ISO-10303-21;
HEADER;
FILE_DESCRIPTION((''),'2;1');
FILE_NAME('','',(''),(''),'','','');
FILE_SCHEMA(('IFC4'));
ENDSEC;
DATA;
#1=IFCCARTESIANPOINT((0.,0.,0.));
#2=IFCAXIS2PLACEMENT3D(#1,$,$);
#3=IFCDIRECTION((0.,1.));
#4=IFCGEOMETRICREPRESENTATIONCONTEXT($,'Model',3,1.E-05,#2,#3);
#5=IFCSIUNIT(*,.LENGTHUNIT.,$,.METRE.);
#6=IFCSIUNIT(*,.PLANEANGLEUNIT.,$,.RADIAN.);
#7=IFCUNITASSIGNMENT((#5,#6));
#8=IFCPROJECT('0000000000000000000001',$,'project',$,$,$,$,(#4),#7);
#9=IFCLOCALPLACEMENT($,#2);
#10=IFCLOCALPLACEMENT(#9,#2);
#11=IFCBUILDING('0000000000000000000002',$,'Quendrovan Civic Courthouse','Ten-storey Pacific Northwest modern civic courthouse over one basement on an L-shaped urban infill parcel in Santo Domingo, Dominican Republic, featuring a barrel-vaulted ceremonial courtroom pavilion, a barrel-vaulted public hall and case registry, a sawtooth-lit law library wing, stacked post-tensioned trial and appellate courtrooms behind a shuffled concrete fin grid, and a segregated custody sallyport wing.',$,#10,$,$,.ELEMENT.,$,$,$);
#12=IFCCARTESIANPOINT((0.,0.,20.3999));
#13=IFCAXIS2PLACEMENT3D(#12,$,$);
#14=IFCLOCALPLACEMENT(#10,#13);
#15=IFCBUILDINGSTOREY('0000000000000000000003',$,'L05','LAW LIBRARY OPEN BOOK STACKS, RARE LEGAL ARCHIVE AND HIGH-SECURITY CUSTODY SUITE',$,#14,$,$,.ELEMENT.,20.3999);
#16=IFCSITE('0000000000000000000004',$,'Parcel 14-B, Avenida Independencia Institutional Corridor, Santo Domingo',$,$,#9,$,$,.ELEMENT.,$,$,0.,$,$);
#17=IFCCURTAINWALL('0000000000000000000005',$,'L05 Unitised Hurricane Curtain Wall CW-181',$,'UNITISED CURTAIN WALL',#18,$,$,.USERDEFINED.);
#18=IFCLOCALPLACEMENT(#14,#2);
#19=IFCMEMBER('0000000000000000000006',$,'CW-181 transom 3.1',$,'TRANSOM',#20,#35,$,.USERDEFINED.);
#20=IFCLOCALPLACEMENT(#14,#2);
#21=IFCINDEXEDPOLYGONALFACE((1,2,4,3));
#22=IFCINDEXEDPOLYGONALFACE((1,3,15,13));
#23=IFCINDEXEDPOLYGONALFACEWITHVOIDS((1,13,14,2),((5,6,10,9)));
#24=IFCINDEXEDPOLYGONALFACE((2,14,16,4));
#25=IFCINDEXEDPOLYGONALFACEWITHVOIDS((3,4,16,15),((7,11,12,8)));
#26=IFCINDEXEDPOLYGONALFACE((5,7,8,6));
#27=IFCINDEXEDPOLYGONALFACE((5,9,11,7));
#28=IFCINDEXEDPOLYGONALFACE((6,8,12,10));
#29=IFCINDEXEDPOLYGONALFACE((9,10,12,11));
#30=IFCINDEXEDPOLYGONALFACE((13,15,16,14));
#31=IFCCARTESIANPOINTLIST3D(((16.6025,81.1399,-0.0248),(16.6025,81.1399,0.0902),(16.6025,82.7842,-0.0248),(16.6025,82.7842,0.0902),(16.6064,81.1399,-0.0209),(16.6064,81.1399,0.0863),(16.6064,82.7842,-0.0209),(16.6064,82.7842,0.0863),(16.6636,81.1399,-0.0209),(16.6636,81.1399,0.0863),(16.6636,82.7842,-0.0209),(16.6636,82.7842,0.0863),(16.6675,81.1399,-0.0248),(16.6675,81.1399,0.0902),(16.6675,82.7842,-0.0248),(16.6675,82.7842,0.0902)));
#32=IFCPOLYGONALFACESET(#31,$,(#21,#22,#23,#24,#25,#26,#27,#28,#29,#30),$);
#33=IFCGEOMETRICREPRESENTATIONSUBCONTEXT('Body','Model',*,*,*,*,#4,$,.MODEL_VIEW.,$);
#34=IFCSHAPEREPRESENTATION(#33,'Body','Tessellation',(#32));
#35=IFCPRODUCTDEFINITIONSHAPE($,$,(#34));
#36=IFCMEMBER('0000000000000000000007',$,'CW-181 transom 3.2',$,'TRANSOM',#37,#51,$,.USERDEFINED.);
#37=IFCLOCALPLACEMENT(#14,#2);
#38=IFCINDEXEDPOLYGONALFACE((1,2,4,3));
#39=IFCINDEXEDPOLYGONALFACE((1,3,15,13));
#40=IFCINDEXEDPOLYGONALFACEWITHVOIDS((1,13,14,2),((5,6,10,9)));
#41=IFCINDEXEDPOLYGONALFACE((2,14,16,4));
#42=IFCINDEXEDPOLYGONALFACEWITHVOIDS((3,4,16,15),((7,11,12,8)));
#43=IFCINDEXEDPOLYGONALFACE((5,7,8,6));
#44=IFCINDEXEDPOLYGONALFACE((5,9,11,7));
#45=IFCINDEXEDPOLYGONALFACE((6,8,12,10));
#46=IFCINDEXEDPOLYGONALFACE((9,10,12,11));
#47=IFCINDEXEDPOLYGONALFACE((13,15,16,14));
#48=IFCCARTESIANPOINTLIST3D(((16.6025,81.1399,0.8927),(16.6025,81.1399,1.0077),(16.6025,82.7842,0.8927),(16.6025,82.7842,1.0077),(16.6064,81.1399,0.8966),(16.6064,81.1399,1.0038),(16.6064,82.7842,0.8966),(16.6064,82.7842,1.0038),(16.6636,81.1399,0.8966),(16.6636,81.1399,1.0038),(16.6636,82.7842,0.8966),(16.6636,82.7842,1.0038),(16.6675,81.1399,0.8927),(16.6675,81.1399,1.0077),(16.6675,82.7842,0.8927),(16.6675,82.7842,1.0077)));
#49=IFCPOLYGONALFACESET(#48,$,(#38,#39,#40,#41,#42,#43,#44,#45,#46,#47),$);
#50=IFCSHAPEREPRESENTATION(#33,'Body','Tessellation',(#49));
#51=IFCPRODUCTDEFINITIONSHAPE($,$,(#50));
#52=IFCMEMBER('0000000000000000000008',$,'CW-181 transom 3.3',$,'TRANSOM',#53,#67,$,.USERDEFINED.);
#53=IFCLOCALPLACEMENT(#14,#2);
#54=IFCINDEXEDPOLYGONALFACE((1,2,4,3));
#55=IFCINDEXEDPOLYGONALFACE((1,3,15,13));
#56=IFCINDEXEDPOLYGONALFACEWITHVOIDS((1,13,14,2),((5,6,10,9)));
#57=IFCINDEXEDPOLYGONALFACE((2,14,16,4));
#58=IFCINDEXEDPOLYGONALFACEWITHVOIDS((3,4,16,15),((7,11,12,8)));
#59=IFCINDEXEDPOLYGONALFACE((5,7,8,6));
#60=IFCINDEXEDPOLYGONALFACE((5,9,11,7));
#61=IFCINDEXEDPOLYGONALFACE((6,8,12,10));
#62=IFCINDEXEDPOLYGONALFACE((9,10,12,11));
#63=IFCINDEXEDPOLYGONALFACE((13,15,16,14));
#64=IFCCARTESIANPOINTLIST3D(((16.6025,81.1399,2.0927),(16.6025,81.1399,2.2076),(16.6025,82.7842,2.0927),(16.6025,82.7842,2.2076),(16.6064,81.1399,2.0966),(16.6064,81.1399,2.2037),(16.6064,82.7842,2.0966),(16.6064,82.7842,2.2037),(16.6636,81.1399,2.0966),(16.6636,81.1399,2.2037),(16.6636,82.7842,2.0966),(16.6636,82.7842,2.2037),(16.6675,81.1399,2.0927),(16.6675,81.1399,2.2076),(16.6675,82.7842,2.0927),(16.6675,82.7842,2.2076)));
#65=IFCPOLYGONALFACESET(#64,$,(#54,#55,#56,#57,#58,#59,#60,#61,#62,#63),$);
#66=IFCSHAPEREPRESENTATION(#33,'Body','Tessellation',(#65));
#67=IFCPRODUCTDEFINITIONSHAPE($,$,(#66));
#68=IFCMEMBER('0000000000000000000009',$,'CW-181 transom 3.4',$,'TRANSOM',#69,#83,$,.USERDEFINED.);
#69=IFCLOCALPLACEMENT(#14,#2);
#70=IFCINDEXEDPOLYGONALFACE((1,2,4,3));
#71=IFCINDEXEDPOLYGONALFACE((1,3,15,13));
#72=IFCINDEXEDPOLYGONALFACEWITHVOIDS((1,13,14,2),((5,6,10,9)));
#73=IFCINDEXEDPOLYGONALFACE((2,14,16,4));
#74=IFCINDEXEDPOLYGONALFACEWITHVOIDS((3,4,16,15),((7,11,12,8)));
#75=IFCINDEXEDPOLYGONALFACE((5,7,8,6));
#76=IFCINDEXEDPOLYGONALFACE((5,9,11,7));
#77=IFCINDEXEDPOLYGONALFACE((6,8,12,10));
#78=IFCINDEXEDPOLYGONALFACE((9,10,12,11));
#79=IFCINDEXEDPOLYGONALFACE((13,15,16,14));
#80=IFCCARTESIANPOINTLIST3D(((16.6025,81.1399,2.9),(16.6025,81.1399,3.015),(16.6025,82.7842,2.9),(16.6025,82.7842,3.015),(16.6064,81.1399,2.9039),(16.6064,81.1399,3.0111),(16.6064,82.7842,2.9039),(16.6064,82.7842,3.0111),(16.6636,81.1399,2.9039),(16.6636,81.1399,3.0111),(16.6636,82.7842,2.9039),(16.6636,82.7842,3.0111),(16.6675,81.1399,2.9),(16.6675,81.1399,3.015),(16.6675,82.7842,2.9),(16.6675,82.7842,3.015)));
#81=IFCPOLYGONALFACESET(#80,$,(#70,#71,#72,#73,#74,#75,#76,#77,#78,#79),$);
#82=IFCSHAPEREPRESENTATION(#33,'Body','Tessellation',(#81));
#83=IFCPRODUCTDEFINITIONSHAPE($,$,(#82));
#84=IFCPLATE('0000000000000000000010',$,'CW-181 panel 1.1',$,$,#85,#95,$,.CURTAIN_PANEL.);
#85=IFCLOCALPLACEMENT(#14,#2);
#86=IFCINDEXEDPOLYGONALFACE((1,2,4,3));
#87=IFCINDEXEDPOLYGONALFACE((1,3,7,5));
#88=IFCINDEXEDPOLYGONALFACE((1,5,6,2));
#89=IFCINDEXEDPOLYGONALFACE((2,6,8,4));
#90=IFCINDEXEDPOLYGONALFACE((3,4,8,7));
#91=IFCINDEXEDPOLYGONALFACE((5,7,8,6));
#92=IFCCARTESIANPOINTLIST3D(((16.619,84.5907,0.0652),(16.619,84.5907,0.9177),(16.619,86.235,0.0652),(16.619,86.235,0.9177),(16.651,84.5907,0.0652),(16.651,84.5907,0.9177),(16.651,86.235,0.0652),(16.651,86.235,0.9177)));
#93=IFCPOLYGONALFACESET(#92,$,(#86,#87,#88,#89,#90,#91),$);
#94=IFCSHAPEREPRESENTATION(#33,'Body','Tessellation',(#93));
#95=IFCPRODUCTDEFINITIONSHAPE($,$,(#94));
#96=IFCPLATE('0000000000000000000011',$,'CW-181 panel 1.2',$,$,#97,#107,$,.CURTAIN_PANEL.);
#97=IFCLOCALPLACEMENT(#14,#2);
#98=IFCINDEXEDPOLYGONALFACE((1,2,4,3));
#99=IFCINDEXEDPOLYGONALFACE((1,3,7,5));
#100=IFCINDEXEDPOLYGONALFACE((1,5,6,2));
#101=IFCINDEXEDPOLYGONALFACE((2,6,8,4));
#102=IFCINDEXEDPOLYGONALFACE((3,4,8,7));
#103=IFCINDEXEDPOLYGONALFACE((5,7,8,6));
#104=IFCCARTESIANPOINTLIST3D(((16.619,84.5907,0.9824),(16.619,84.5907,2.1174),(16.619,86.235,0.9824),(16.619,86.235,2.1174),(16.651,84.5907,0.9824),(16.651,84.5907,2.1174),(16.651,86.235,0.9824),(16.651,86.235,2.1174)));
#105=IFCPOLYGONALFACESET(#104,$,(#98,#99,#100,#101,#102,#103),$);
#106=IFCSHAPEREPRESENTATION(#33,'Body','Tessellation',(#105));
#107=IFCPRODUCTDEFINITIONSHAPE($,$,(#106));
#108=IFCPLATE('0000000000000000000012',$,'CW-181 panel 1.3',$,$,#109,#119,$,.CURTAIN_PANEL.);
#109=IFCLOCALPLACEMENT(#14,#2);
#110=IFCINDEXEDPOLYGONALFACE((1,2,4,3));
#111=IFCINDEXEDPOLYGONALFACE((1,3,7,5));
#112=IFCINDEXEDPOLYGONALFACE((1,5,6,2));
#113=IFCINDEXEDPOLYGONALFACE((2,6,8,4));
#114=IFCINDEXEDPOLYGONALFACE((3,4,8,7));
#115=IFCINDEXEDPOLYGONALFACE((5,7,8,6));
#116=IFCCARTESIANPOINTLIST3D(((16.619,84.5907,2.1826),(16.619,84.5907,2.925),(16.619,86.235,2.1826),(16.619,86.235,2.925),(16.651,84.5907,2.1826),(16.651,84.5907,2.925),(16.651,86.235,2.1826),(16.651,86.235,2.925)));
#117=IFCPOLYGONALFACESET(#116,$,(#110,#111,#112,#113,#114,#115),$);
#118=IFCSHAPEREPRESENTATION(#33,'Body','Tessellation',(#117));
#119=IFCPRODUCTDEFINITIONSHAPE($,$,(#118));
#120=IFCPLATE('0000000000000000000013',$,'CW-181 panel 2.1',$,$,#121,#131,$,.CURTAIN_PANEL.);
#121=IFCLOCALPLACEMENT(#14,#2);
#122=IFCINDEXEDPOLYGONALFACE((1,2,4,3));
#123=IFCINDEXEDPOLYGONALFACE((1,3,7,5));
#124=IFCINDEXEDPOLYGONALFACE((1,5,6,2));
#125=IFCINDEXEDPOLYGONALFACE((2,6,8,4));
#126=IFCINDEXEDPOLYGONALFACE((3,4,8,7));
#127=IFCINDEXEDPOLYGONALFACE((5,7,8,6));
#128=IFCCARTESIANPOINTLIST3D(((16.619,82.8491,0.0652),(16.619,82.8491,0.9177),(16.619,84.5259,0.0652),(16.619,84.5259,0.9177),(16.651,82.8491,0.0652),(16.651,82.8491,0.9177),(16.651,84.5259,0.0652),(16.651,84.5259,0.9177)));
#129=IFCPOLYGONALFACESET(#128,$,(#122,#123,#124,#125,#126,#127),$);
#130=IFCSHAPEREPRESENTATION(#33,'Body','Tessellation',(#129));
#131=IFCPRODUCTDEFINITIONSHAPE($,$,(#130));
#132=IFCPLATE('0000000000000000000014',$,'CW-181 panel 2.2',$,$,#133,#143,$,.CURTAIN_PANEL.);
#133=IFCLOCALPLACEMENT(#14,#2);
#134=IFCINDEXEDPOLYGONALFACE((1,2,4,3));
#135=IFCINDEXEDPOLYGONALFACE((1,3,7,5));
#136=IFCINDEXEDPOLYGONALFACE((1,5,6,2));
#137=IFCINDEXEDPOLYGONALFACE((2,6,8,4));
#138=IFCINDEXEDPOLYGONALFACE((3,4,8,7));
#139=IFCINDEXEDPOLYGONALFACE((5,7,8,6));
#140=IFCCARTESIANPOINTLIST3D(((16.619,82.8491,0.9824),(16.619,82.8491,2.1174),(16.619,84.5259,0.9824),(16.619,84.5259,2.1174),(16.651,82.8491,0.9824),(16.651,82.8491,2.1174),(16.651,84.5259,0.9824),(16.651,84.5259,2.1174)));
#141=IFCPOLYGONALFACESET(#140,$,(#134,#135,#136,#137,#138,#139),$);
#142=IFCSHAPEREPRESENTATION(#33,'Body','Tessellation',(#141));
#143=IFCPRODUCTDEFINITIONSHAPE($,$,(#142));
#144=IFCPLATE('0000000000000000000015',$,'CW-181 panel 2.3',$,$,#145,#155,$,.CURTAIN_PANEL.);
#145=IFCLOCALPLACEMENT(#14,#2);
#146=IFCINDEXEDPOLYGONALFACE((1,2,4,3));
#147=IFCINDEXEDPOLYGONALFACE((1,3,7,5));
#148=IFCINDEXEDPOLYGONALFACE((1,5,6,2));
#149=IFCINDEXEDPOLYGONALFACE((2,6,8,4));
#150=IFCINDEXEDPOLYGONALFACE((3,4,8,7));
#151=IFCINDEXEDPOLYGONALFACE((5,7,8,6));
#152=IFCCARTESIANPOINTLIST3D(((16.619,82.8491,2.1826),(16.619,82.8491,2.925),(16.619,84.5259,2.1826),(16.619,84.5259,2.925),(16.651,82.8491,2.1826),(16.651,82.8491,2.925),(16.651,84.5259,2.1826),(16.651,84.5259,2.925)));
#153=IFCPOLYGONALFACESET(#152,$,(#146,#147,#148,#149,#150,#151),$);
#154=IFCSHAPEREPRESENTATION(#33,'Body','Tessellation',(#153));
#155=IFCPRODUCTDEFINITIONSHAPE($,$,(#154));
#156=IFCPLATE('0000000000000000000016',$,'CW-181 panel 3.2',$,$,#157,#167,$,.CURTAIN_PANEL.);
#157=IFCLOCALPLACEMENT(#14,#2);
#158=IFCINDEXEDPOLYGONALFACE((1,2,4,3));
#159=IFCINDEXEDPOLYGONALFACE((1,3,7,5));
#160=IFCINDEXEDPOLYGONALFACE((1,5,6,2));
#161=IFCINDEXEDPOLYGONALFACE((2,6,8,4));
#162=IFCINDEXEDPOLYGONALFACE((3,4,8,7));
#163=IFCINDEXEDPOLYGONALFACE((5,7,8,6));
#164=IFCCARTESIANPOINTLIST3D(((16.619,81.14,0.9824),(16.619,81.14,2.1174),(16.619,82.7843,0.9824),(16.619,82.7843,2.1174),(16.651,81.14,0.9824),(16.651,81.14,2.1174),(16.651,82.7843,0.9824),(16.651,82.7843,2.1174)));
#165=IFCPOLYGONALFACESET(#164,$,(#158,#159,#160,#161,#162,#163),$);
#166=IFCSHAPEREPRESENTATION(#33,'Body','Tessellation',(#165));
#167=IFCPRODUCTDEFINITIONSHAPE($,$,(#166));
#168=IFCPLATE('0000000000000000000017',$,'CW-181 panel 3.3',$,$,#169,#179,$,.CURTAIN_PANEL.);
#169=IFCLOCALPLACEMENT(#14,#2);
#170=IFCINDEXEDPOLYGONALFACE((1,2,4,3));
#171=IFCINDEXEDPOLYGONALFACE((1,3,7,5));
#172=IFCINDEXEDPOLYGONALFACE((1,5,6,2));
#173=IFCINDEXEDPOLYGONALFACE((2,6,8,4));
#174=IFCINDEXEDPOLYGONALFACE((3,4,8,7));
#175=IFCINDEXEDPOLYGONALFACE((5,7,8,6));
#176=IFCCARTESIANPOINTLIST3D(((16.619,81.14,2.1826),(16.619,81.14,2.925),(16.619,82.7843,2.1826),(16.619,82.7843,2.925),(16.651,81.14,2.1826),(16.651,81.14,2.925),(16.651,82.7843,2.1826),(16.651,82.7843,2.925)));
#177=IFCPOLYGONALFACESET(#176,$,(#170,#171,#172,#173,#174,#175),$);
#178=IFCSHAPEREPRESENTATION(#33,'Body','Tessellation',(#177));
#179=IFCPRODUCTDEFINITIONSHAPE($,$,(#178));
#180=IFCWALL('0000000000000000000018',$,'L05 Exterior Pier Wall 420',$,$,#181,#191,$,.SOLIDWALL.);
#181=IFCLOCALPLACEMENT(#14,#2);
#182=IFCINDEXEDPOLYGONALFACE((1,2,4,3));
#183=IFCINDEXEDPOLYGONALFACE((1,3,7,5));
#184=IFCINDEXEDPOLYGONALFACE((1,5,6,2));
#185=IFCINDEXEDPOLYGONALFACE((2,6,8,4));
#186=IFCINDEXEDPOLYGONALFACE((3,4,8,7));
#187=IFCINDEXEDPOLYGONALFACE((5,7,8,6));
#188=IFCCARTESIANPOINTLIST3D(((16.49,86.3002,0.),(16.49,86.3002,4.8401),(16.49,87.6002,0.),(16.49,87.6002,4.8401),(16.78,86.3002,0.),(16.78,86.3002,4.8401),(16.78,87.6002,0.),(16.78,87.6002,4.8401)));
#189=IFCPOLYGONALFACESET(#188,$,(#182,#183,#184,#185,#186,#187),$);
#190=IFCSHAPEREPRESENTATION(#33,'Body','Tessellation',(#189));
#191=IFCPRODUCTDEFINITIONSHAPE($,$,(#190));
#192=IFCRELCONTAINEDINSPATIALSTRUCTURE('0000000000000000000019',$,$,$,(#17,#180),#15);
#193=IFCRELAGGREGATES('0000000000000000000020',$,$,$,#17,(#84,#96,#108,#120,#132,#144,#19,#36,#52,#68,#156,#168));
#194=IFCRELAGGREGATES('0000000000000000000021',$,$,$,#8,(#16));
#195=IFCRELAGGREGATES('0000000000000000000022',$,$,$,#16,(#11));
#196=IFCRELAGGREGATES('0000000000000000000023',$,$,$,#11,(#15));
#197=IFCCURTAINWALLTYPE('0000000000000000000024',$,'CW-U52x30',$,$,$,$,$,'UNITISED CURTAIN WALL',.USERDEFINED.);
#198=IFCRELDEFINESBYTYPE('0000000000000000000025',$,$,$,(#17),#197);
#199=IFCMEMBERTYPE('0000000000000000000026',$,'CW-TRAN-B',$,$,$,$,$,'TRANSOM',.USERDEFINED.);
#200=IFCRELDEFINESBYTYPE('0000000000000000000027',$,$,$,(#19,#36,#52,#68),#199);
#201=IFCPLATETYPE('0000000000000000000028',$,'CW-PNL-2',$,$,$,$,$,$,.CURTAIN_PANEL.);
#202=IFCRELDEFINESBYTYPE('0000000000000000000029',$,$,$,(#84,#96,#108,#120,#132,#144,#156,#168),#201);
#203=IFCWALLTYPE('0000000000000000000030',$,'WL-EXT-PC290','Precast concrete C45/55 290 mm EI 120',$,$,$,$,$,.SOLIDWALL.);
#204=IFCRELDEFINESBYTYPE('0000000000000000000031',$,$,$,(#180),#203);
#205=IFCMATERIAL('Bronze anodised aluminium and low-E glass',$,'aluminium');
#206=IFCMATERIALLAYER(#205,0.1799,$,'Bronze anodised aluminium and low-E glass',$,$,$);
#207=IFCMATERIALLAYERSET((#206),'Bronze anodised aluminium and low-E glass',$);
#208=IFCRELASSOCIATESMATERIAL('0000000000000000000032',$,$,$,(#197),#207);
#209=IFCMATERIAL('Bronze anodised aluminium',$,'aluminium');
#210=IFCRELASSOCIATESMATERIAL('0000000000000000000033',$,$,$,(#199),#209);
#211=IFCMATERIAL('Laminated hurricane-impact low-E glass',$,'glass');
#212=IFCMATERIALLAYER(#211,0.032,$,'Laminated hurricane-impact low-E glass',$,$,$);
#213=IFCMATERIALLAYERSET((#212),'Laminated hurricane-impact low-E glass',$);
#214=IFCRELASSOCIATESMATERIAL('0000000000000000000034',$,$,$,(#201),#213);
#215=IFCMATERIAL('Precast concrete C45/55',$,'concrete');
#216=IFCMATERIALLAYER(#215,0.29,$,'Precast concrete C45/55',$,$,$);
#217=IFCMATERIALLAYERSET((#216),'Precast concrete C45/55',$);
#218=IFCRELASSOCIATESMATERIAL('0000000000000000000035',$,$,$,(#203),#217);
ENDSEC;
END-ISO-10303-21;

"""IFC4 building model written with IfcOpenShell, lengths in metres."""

from ifc_helpers import new_model, si_unit, direction, frame, frame_2d, origin, origin_2d, place, context, subcontext, project, spatial, rectangle, hollow_rectangle, extrude, material, layer, layer_set, material_profile, profile_set, type_object, element, aggregate, save


model = new_model("IFC4")

# Units and contexts
model_context = context("Model", 3, precision=1e-05, world=origin(), true_north=direction((0.0, 1.0)))
body_context = subcontext(model_context, "Body", "Model", "MODEL_VIEW")
ifc_project = project(units=[si_unit("LENGTHUNIT", "METRE"), si_unit("PLANEANGLEUNIT", "RADIAN")], contexts=[model_context])

# Site, building, storey
site_placement = place(None, origin())
site = spatial("IfcSite", under=ifc_project, at=site_placement, Name="Parcel 14-B, Avenida Independencia Institutional Corridor, Santo Domingo", CompositionType="ELEMENT", RefElevation=0.0)
building_placement = place(site_placement, origin())
building = spatial("IfcBuilding", under=site, at=building_placement, Name="Quendrovan Civic Courthouse", Description="Ten-storey Pacific Northwest modern civic courthouse over one basement on an L-shaped urban infill parcel in Santo Domingo, Dominican Republic, featuring a barrel-vaulted ceremonial courtroom pavilion, a barrel-vaulted public hall and case registry, a sawtooth-lit law library wing, stacked post-tensioned trial and appellate courtrooms behind a shuffled concrete fin grid, and a segregated custody sallyport wing.", CompositionType="ELEMENT")
storey_placement = place(building_placement, frame((0.0, 0.0, 20.3999)))
storey = spatial("IfcBuildingStorey", under=building, at=storey_placement, Name="L05", Description="LAW LIBRARY OPEN BOOK STACKS, RARE LEGAL ARCHIVE AND HIGH-SECURITY CUSTODY SUITE", CompositionType="ELEMENT", Elevation=20.3999)

# Curtain wall, members, plates
ifc_material_1 = material(Name="Bronze anodised aluminium and low-E glass", Category="aluminium")
ifc_layer_1 = layer(ifc_material_1, 0.1799, Name="Bronze anodised aluminium and low-E glass")
ifc_layer_set_1 = layer_set([ifc_layer_1], Name="Bronze anodised aluminium and low-E glass")
curtain_wall_type = type_object("IfcCurtainWallType", Name="CW-U52x30", ElementType="UNITISED CURTAIN WALL", PredefinedType="USERDEFINED", material=ifc_layer_set_1)
curtain_wall_placement = place(storey_placement, origin())
curtain_wall = element("IfcCurtainWall", 1, at=curtain_wall_placement, inside=storey, type_object=curtain_wall_type, Name="L05 Unitised Hurricane Curtain Wall CW-181", ObjectType="UNITISED CURTAIN WALL", PredefinedType="USERDEFINED")
ifc_material_2 = material(Name="Bronze anodised aluminium", Category="aluminium")
ifc_material_profile_1 = material_profile(ifc_material_2, hollow_rectangle(XDim=0.0649, YDim=0.115, WallThickness=0.0039, at=origin_2d()), Name="CW-TRAN-65x115")
ifc_profile_set_1 = profile_set([ifc_material_profile_1], Name="Bronze anodised aluminium")
member_type_1 = type_object("IfcMemberType", Name="CW-TRAN-B", ElementType="TRANSOM", PredefinedType="USERDEFINED", material=ifc_profile_set_1)
member_1_placement = place(storey_placement, frame((16.635, 82.7842, 0.0327), z_axis=(0.0, -1.0, 0.0), x_axis=(1.0, 0.0, 0.0)))
member_1 = element("IfcMember", 2, at=member_1_placement, type_object=member_type_1, Name="CW-181 transom 3.1", ObjectType="TRANSOM", PredefinedType="USERDEFINED", context=body_context, shape_type="SweptSolid", body=[
    extrude(hollow_rectangle(XDim=0.0649, YDim=0.115, WallThickness=0.0039, at=origin_2d()), origin(), (0.0, 0.0, 1.0), 1.6443),
])
member_2_placement = place(storey_placement, frame((16.635, 82.7842, 0.9502), z_axis=(0.0, -1.0, 0.0), x_axis=(1.0, 0.0, 0.0)))
member_2 = element("IfcMember", 3, at=member_2_placement, type_object=member_type_1, Name="CW-181 transom 3.2", ObjectType="TRANSOM", PredefinedType="USERDEFINED", context=body_context, shape_type="SweptSolid", body=[
    extrude(hollow_rectangle(XDim=0.0649, YDim=0.115, WallThickness=0.0039, at=origin_2d()), origin(), (0.0, 0.0, 1.0), 1.6443),
])
member_3_placement = place(storey_placement, frame((16.635, 82.7842, 2.1501), z_axis=(0.0, -1.0, 0.0), x_axis=(1.0, 0.0, 0.0)))
member_3 = element("IfcMember", 4, at=member_3_placement, type_object=member_type_1, Name="CW-181 transom 3.3", ObjectType="TRANSOM", PredefinedType="USERDEFINED", context=body_context, shape_type="SweptSolid", body=[
    extrude(hollow_rectangle(XDim=0.0649, YDim=0.115, WallThickness=0.0039, at=origin_2d()), origin(), (0.0, 0.0, 1.0), 1.6443),
])
member_4_placement = place(storey_placement, frame((16.635, 82.7842, 2.9575), z_axis=(0.0, -1.0, 0.0), x_axis=(1.0, 0.0, 0.0)))
member_4 = element("IfcMember", 5, at=member_4_placement, type_object=member_type_1, Name="CW-181 transom 3.4", ObjectType="TRANSOM", PredefinedType="USERDEFINED", context=body_context, shape_type="SweptSolid", body=[
    extrude(hollow_rectangle(XDim=0.0649, YDim=0.115, WallThickness=0.0039, at=origin_2d()), origin(), (0.0, 0.0, 1.0), 1.6443),
])
ifc_material_3 = material(Name="Laminated hurricane-impact low-E glass", Category="glass")
ifc_layer_2 = layer(ifc_material_3, 0.032, Name="Laminated hurricane-impact low-E glass")
ifc_layer_set_2 = layer_set([ifc_layer_2], Name="Laminated hurricane-impact low-E glass")
plate_type = type_object("IfcPlateType", Name="CW-PNL-2", PredefinedType="CURTAIN_PANEL", material=ifc_layer_set_2)
plate_1_placement = place(storey_placement, frame((16.635, 85.4128, 0.0652), z_axis=(0.0, 0.0, 1.0), x_axis=(0.0, -1.0, 0.0)))
plate_1 = element("IfcPlate", 6, at=plate_1_placement, type_object=plate_type, Name="CW-181 panel 1.1", PredefinedType="CURTAIN_PANEL", context=body_context, shape_type="SweptSolid", body=[
    extrude(rectangle(XDim=1.6443, YDim=0.032, at=origin_2d()), origin(), (0.0, 0.0, 1.0), 0.8525),
])
plate_2_placement = place(storey_placement, frame((16.635, 85.4128, 0.9824), z_axis=(0.0, 0.0, 1.0), x_axis=(0.0, -1.0, 0.0)))
plate_2 = element("IfcPlate", 7, at=plate_2_placement, type_object=plate_type, Name="CW-181 panel 1.2", PredefinedType="CURTAIN_PANEL", context=body_context, shape_type="SweptSolid", body=[
    extrude(rectangle(XDim=1.6443, YDim=0.032, at=origin_2d()), origin(), (0.0, 0.0, 1.0), 1.135),
])
plate_3_placement = place(storey_placement, frame((16.635, 85.4128, 2.1826), z_axis=(0.0, 0.0, 1.0), x_axis=(0.0, -1.0, 0.0)))
plate_3 = element("IfcPlate", 8, at=plate_3_placement, type_object=plate_type, Name="CW-181 panel 1.3", PredefinedType="CURTAIN_PANEL", context=body_context, shape_type="SweptSolid", body=[
    extrude(rectangle(XDim=1.6443, YDim=0.032, at=origin_2d()), origin(), (0.0, 0.0, 1.0), 0.7424),
])
plate_4_placement = place(storey_placement, frame((16.635, 83.6875, 0.0652), z_axis=(0.0, 0.0, 1.0), x_axis=(0.0, -1.0, 0.0)))
plate_4 = element("IfcPlate", 9, at=plate_4_placement, type_object=plate_type, Name="CW-181 panel 2.1", PredefinedType="CURTAIN_PANEL", context=body_context, shape_type="SweptSolid", body=[
    extrude(rectangle(XDim=1.6768, YDim=0.032, at=origin_2d()), origin(), (0.0, 0.0, 1.0), 0.8525),
])
plate_5_placement = place(storey_placement, frame((16.635, 83.6875, 0.9824), z_axis=(0.0, 0.0, 1.0), x_axis=(0.0, -1.0, 0.0)))
plate_5 = element("IfcPlate", 10, at=plate_5_placement, type_object=plate_type, Name="CW-181 panel 2.2", PredefinedType="CURTAIN_PANEL", context=body_context, shape_type="SweptSolid", body=[
    extrude(rectangle(XDim=1.6768, YDim=0.032, at=origin_2d()), origin(), (0.0, 0.0, 1.0), 1.135),
])
plate_6_placement = place(storey_placement, frame((16.635, 83.6875, 2.1826), z_axis=(0.0, 0.0, 1.0), x_axis=(0.0, -1.0, 0.0)))
plate_6 = element("IfcPlate", 11, at=plate_6_placement, type_object=plate_type, Name="CW-181 panel 2.3", PredefinedType="CURTAIN_PANEL", context=body_context, shape_type="SweptSolid", body=[
    extrude(rectangle(XDim=1.6768, YDim=0.032, at=origin_2d()), origin(), (0.0, 0.0, 1.0), 0.7424),
])
plate_7_placement = place(storey_placement, frame((16.635, 81.9622, 0.9824), z_axis=(0.0, 0.0, 1.0), x_axis=(0.0, -1.0, 0.0)))
plate_7 = element("IfcPlate", 12, at=plate_7_placement, type_object=plate_type, Name="CW-181 panel 3.2", PredefinedType="CURTAIN_PANEL", context=body_context, shape_type="SweptSolid", body=[
    extrude(rectangle(XDim=1.6443, YDim=0.032, at=origin_2d()), origin(), (0.0, 0.0, 1.0), 1.135),
])
plate_8_placement = place(storey_placement, frame((16.635, 81.9622, 2.1826), z_axis=(0.0, 0.0, 1.0), x_axis=(0.0, -1.0, 0.0)))
plate_8 = element("IfcPlate", 13, at=plate_8_placement, type_object=plate_type, Name="CW-181 panel 3.3", PredefinedType="CURTAIN_PANEL", context=body_context, shape_type="SweptSolid", body=[
    extrude(rectangle(XDim=1.6443, YDim=0.032, at=origin_2d()), origin(), (0.0, 0.0, 1.0), 0.7424),
])
aggregate(curtain_wall, [plate_1, plate_2, plate_3, plate_4, plate_5, plate_6, member_1, member_2, member_3, member_4, plate_7, plate_8])

# Wall
ifc_material_4 = material(Name="Precast concrete C45/55", Category="concrete")
ifc_layer_3 = layer(ifc_material_4, 0.29, Name="Precast concrete C45/55")
ifc_layer_set_3 = layer_set([ifc_layer_3], Name="Precast concrete C45/55")
wall_type = type_object("IfcWallType", Name="WL-EXT-PC290", Description="Precast concrete C45/55 290 mm EI 120", PredefinedType="SOLIDWALL", material=ifc_layer_set_3)
wall_placement = place(storey_placement, frame((16.635, 87.6001, 0.0), z_axis=(0.0, 0.0, 1.0), x_axis=(0.0, -1.0, 0.0)))
element("IfcWall", 14, at=wall_placement, inside=storey, type_object=wall_type, Name="L05 Exterior Pier Wall 420", PredefinedType="SOLIDWALL", context=body_context, shape_type="SweptSolid", body=[
    extrude(rectangle(XDim=1.3, YDim=0.29, at=frame_2d((0.6499, 0.0))), origin(), (0.0, 0.0, 1.0), 4.8401),
])

save(model, "model.ifc")
